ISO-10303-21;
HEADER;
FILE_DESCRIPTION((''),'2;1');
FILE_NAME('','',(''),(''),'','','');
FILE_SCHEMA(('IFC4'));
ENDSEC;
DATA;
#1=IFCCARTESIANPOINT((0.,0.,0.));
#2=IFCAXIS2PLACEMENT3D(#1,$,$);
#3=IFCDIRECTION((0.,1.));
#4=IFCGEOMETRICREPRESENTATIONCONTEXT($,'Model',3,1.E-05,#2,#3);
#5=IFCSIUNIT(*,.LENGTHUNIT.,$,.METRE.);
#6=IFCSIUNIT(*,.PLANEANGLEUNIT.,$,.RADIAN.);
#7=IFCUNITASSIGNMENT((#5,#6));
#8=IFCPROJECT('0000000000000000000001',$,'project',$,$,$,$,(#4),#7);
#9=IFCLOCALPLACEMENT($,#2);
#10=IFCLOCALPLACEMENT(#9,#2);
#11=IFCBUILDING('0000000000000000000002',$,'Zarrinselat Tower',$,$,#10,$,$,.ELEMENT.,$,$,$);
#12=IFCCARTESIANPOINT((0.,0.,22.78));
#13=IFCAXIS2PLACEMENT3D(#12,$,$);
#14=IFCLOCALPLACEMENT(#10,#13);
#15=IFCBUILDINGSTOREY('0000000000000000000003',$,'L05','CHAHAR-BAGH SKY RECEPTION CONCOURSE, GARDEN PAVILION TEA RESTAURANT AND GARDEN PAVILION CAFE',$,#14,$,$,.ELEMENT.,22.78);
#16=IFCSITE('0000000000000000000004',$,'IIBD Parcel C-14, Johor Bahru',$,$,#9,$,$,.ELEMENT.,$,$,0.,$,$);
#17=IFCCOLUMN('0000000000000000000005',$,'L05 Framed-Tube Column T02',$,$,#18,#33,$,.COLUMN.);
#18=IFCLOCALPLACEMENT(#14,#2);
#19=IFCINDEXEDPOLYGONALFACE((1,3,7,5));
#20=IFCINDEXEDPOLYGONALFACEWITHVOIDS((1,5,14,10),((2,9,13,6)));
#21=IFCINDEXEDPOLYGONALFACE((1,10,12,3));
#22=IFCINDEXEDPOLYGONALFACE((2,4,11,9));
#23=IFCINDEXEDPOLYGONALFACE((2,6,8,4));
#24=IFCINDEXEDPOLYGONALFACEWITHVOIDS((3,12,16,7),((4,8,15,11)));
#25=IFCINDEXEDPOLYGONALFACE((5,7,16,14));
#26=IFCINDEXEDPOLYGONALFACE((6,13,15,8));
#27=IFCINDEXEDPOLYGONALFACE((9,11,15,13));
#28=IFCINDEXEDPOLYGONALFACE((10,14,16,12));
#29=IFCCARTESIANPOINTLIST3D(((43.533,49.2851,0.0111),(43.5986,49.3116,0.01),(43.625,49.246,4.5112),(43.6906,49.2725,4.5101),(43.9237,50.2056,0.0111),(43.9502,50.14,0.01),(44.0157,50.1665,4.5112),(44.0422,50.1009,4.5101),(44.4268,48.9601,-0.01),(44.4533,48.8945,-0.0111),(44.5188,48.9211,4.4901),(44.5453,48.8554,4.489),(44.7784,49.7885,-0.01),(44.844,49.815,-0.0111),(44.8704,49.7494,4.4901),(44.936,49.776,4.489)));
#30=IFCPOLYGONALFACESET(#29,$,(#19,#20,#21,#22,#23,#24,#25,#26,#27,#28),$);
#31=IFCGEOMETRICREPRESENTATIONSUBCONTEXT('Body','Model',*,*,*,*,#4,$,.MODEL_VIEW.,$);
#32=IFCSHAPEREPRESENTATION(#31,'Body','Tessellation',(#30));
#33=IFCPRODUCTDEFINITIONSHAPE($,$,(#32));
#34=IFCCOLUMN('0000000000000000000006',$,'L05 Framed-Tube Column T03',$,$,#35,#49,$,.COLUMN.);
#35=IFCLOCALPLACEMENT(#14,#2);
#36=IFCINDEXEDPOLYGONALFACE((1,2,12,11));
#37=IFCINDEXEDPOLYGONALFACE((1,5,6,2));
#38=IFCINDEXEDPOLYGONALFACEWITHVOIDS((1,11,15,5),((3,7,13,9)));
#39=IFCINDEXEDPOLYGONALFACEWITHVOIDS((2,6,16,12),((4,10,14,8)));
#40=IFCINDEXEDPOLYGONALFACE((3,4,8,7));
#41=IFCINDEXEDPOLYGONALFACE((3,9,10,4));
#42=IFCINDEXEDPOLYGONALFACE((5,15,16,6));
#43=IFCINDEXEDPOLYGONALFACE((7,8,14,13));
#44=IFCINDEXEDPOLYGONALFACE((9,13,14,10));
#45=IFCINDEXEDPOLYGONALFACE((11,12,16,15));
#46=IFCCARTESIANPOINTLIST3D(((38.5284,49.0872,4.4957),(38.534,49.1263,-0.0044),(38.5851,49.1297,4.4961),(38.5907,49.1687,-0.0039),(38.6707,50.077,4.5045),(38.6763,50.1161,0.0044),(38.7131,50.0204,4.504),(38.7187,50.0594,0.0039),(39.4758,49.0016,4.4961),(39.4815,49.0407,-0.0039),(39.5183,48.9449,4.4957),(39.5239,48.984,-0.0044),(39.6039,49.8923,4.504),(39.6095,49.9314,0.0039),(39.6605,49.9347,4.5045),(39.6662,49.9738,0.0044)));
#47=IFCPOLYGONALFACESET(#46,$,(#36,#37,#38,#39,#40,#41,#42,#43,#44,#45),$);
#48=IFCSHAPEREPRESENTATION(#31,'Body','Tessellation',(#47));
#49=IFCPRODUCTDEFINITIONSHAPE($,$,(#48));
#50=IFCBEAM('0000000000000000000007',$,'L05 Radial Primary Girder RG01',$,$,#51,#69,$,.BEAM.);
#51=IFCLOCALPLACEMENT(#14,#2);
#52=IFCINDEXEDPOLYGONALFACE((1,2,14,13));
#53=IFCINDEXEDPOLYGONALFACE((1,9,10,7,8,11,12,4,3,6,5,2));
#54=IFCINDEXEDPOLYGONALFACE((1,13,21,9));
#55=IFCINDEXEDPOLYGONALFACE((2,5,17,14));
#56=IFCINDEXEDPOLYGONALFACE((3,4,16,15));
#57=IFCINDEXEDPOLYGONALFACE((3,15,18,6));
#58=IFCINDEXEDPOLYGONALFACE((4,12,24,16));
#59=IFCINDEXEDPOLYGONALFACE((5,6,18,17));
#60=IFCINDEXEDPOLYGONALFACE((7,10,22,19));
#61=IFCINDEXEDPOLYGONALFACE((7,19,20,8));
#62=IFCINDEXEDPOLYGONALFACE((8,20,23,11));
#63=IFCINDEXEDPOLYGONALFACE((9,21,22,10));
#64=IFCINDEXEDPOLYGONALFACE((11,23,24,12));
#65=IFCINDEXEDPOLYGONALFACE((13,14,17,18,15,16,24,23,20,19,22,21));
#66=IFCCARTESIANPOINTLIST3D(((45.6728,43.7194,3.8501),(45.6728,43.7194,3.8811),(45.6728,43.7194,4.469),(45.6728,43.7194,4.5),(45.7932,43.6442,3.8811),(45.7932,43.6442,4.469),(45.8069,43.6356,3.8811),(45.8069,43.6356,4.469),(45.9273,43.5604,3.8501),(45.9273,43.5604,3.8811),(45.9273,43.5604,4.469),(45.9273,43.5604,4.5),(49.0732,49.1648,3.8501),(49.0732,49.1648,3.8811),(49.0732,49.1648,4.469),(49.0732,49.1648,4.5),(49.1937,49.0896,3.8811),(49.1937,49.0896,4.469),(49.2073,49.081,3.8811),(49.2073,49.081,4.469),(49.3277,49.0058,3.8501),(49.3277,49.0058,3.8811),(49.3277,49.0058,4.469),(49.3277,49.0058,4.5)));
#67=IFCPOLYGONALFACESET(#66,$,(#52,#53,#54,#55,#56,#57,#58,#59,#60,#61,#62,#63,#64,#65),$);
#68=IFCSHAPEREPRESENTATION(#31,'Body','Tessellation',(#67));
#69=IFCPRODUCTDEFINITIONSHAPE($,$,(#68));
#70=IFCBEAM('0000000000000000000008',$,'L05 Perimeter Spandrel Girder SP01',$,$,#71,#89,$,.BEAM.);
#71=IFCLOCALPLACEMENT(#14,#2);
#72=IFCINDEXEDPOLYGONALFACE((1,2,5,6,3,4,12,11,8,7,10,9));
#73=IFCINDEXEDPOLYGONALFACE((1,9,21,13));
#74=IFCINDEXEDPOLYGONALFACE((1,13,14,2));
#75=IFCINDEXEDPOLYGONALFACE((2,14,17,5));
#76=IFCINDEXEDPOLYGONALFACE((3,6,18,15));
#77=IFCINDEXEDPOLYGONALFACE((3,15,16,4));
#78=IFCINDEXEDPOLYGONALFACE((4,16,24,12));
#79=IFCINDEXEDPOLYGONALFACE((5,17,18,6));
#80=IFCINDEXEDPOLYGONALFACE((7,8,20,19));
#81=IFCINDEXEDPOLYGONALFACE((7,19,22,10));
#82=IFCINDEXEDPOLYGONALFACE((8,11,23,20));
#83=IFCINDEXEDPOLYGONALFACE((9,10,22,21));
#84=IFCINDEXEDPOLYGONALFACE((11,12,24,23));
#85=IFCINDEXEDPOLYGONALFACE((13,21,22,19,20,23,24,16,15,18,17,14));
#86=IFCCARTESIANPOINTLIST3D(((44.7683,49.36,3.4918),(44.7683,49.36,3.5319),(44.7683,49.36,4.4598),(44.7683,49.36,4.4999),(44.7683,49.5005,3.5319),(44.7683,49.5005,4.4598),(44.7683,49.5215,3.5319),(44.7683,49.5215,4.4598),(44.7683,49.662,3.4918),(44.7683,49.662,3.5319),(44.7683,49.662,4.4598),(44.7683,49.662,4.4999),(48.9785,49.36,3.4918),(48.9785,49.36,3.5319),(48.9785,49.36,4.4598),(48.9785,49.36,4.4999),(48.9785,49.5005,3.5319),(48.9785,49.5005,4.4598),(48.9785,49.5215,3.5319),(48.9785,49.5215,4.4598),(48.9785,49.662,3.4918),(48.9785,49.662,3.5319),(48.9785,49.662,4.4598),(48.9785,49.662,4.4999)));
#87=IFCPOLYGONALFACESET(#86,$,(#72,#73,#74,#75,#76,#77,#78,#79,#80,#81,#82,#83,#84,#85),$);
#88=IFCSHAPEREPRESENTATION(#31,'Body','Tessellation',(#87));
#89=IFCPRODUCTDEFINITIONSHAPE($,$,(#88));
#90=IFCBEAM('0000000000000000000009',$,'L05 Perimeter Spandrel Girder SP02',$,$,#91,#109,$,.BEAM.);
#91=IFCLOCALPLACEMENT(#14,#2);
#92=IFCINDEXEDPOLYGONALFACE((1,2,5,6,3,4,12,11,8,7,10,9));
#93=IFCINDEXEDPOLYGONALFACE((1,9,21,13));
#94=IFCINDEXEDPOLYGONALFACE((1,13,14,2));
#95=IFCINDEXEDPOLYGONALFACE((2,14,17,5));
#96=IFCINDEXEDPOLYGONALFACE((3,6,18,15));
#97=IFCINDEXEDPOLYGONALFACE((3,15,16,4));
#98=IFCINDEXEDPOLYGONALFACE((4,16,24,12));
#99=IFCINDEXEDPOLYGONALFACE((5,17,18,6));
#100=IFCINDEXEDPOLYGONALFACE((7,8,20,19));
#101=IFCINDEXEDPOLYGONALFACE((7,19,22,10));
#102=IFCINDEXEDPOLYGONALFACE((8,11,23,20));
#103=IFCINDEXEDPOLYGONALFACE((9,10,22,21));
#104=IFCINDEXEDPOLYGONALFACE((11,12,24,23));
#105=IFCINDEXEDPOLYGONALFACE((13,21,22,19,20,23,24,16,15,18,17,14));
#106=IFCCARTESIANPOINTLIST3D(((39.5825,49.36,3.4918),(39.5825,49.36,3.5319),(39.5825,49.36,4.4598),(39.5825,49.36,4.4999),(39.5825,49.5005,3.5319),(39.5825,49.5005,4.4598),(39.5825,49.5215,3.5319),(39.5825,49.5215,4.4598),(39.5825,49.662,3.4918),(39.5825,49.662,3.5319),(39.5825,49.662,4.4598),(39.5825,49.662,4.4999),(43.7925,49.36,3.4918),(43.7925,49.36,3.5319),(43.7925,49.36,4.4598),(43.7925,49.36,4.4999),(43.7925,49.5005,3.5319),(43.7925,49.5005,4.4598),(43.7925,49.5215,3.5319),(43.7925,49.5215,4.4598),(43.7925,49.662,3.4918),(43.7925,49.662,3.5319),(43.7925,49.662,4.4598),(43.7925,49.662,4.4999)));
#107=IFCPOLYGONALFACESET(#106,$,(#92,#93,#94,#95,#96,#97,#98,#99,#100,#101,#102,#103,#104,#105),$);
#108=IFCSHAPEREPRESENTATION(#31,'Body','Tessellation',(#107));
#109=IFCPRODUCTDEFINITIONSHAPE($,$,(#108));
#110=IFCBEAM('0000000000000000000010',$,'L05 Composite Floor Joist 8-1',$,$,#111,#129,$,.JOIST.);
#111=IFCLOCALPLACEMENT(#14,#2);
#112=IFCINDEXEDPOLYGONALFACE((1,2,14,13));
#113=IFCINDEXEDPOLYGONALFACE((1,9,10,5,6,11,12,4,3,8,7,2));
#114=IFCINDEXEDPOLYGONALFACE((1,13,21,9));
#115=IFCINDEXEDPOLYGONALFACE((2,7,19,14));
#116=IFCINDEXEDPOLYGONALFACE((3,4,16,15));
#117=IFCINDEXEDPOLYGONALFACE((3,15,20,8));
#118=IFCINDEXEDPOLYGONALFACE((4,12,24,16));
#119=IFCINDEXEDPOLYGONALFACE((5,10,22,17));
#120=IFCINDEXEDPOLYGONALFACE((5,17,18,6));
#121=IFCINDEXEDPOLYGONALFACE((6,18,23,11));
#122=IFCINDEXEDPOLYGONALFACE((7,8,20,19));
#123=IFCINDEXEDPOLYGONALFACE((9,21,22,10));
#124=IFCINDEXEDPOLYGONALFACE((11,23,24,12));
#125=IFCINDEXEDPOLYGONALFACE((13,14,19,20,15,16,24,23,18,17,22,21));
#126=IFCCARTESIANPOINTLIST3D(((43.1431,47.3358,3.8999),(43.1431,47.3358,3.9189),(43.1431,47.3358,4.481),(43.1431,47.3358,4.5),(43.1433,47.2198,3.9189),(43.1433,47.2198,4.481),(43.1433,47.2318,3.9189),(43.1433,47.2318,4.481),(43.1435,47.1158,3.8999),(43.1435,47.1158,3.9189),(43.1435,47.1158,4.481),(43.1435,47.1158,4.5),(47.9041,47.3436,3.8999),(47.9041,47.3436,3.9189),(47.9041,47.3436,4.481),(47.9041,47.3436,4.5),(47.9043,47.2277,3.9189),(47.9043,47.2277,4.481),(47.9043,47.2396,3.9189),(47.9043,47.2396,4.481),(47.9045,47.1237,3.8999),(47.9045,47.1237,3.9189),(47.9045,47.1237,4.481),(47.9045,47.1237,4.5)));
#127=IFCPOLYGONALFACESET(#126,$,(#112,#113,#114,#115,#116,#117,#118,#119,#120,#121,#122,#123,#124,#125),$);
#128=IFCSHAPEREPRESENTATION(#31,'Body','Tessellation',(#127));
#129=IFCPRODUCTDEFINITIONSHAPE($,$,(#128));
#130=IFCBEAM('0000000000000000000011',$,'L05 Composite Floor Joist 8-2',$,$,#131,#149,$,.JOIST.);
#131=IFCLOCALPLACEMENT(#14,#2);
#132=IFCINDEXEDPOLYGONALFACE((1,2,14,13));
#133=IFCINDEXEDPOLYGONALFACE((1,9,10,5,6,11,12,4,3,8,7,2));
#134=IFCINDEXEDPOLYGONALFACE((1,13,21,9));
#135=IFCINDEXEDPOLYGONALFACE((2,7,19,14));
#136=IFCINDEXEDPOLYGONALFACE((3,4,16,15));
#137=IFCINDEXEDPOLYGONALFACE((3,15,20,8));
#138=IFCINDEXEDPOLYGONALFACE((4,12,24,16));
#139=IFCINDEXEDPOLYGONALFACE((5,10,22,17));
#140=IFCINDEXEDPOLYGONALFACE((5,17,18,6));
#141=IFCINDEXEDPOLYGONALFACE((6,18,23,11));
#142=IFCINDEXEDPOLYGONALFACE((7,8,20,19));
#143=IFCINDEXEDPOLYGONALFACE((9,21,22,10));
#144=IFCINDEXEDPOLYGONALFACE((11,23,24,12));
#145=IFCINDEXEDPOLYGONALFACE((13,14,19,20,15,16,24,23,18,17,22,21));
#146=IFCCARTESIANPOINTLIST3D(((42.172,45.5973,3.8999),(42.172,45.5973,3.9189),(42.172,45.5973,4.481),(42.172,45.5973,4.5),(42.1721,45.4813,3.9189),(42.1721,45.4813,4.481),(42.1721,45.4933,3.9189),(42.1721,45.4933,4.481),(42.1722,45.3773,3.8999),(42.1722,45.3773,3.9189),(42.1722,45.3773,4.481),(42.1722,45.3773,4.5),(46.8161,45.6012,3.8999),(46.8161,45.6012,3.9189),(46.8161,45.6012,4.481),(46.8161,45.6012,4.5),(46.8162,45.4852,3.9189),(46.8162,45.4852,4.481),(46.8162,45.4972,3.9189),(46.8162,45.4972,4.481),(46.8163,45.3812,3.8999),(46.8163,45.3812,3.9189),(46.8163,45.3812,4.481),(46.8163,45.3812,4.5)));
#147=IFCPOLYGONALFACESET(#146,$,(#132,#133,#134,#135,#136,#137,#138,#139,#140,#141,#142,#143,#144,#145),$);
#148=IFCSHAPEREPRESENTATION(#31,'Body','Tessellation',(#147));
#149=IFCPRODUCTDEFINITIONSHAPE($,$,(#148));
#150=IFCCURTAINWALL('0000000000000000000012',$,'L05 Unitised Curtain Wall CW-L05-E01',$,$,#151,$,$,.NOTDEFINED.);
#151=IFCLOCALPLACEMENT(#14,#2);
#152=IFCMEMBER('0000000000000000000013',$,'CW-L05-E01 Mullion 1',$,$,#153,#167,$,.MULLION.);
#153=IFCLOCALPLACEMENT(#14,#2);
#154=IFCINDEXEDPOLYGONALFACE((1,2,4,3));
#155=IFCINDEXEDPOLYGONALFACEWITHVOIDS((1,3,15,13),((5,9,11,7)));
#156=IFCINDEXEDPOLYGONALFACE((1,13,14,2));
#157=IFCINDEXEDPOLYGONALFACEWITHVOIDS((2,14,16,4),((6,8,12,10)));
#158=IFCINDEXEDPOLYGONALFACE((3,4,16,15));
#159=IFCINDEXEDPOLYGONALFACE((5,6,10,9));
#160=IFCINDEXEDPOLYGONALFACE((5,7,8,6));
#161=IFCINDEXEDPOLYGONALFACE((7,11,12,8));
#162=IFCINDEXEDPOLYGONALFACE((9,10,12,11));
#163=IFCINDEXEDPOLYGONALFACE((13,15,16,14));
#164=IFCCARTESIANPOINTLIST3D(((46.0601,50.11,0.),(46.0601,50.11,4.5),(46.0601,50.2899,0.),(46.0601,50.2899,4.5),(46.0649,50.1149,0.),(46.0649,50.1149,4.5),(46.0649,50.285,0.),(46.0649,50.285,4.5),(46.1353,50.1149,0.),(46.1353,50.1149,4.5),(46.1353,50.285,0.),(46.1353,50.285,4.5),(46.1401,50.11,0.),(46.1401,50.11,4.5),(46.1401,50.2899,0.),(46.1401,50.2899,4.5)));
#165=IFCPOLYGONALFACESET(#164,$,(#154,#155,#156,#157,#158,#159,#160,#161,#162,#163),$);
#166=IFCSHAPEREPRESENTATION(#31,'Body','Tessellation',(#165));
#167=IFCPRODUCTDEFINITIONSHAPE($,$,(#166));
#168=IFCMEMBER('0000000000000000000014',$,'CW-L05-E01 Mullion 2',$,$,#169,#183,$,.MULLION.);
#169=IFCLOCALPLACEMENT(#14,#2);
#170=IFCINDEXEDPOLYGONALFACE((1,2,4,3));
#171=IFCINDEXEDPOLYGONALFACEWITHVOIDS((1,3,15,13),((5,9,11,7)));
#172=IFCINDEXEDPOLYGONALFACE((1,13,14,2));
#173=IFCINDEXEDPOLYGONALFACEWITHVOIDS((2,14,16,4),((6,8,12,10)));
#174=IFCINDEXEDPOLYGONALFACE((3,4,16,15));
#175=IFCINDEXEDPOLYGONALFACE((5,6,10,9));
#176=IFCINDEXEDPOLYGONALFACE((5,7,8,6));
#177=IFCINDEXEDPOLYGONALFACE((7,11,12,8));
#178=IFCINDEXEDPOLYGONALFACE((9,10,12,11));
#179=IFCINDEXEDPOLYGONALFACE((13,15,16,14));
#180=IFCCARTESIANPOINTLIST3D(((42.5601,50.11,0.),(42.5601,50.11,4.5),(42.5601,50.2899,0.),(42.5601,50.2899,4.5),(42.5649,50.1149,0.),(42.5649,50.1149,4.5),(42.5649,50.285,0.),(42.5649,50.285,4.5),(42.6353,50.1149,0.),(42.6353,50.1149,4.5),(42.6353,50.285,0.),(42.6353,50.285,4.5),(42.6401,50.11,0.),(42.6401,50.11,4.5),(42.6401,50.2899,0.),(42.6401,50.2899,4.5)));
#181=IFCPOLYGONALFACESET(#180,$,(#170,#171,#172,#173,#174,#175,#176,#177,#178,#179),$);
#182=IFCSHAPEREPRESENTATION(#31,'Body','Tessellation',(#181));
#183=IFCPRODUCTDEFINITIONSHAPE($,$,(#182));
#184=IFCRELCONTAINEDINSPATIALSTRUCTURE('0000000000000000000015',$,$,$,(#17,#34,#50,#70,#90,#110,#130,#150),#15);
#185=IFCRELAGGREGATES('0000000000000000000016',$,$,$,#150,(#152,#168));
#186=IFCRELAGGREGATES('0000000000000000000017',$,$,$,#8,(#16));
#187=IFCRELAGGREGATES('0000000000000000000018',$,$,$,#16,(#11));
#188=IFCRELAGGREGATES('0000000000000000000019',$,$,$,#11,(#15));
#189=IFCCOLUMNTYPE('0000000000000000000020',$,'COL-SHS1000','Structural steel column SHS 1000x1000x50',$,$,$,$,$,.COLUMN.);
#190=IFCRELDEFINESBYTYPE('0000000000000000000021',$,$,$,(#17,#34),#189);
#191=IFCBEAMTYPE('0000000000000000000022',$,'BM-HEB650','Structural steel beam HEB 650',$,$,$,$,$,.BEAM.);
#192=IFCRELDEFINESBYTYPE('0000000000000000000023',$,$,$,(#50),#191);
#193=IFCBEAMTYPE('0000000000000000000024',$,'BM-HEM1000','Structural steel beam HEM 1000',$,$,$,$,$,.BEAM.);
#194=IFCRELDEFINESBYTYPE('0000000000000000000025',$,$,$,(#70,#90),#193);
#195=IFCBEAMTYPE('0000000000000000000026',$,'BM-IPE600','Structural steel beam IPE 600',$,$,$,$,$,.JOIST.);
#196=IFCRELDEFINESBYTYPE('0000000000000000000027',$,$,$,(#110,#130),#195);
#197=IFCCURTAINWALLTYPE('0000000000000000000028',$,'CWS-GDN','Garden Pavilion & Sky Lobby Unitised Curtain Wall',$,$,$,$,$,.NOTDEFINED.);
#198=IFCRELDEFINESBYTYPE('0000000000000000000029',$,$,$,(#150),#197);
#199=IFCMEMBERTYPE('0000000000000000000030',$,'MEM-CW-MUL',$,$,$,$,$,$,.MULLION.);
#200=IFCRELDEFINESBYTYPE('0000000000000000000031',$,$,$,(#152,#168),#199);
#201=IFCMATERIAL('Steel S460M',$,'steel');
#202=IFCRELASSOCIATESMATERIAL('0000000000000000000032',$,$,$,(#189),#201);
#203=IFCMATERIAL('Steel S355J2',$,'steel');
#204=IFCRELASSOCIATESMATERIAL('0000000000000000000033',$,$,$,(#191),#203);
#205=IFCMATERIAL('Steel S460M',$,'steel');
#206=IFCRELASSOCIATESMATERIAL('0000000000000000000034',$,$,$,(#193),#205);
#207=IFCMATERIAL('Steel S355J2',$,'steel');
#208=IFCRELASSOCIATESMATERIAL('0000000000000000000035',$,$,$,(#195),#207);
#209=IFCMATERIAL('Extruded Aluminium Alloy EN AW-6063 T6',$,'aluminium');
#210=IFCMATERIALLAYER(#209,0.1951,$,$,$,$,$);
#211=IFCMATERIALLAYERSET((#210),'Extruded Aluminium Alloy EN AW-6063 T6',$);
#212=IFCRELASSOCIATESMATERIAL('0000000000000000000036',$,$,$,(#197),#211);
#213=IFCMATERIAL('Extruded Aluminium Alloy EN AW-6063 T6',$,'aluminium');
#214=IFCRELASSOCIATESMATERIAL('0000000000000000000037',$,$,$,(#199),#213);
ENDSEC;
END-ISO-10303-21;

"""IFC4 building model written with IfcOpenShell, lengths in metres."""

from ifc_helpers import new_model, si_unit, direction, frame, origin, origin_2d, place, context, subcontext, project, spatial, hollow_rectangle, i_section, extrude, material, layer, layer_set, material_profile, profile_set, type_object, element, aggregate, save


model = new_model("IFC4")

# Units and contexts
model_context = context("Model", 3, precision=1e-05, world=origin(), true_north=direction((0.0, 1.0)))
body_context = subcontext(model_context, "Body", "Model", "MODEL_VIEW")
ifc_project = project(units=[si_unit("LENGTHUNIT", "METRE"), si_unit("PLANEANGLEUNIT", "RADIAN")], contexts=[model_context])

# Site, building, storey
site_placement = place(None, origin())
site = spatial("IfcSite", under=ifc_project, at=site_placement, Name="IIBD Parcel C-14, Johor Bahru", CompositionType="ELEMENT", RefElevation=0.0)
building_placement = place(site_placement, origin())
building = spatial("IfcBuilding", under=site, at=building_placement, Name="Zarrinselat Tower", CompositionType="ELEMENT")
storey_placement = place(building_placement, frame((0.0, 0.0, 22.78)))
storey = spatial("IfcBuildingStorey", under=building, at=storey_placement, Name="L05", Description="CHAHAR-BAGH SKY RECEPTION CONCOURSE, GARDEN PAVILION TEA RESTAURANT AND GARDEN PAVILION CAFE", CompositionType="ELEMENT", Elevation=22.78)

# Columns
ifc_material_1 = material(Name="Steel S460M", Category="steel")
ifc_material_profile_1 = material_profile(ifc_material_1, hollow_rectangle(XDim=1.0, YDim=1.0, WallThickness=0.05, at=origin_2d()), Name="SHS 1000x1000x50")
ifc_profile_set_1 = profile_set([ifc_material_profile_1], Name="Steel S460M")
column_type = type_object("IfcColumnType", Name="COL-SHS1000", Description="Structural steel column SHS 1000x1000x50", PredefinedType="COLUMN", material=ifc_profile_set_1)
column_1_placement = place(storey_placement, frame((44.1885, 49.55, 0.0), z_axis=(0.020449, -0.008678, 0.999753), x_axis=(0.390675, 0.920529, 0.0)))
element("IfcColumn", 1, at=column_1_placement, inside=storey, type_object=column_type, Name="L05 Framed-Tube Column T02", PredefinedType="COLUMN", context=body_context, shape_type="SweptSolid", body=[
    extrude(hollow_rectangle(XDim=1.0, YDim=1.0, WallThickness=0.05, at=origin_2d()), origin(), (0.0, 0.0, 1.0), 4.5012),
])
column_2_placement = place(storey_placement, frame((39.1001, 49.55, 0.0), z_axis=(-0.001248, -0.00868, 0.999962), x_axis=(0.989825, -0.142287, 0.0)))
element("IfcColumn", 2, at=column_2_placement, inside=storey, type_object=column_type, Name="L05 Framed-Tube Column T03", PredefinedType="COLUMN", context=body_context, shape_type="SweptSolid", body=[
    extrude(hollow_rectangle(XDim=1.0, YDim=1.0, WallThickness=0.05, at=origin_2d()), origin(), (0.0, 0.0, 1.0), 4.5002),
])

# Beams
ifc_material_2 = material(Name="Steel S355J2", Category="steel")
ifc_material_profile_2 = material_profile(ifc_material_2, i_section(OverallWidth=0.3, OverallDepth=0.6499, WebThickness=0.0161, FlangeThickness=0.031, at=origin_2d()), Name="HEB 650")
ifc_profile_set_2 = profile_set([ifc_material_profile_2], Name="Steel S355J2")
beam_type_1 = type_object("IfcBeamType", Name="BM-HEB650", Description="Structural steel beam HEB 650", PredefinedType="BEAM", material=ifc_profile_set_2)
beam_1_placement = place(storey_placement, frame((45.8, 43.6399, 4.175), z_axis=(0.529671, 0.848203, 0.0), x_axis=(-0.848203, 0.529671, 0.0)))
element("IfcBeam", 3, at=beam_1_placement, inside=storey, type_object=beam_type_1, Name="L05 Radial Primary Girder RG01", PredefinedType="BEAM", context=body_context, shape_type="SweptSolid", body=[
    extrude(i_section(OverallWidth=0.3, OverallDepth=0.6499, WebThickness=0.0161, FlangeThickness=0.031, at=origin_2d()), origin(), (0.0, 0.0, 1.0), 6.4199),
])
ifc_material_3 = material(Name="Steel S460M", Category="steel")
ifc_material_profile_3 = material_profile(ifc_material_3, i_section(OverallWidth=0.302, OverallDepth=1.0081, WebThickness=0.021, FlangeThickness=0.04, at=origin_2d()), Name="HEM 1000")
ifc_profile_set_3 = profile_set([ifc_material_profile_3], Name="Steel S460M")
beam_type_2 = type_object("IfcBeamType", Name="BM-HEM1000", Description="Structural steel beam HEM 1000", PredefinedType="BEAM", material=ifc_profile_set_3)
beam_2_placement = place(storey_placement, frame((44.7683, 49.511, 3.9958), z_axis=(1.0, 0.0, 0.0), x_axis=(0.0, 1.0, 0.0)))
element("IfcBeam", 4, at=beam_2_placement, inside=storey, type_object=beam_type_2, Name="L05 Perimeter Spandrel Girder SP01", PredefinedType="BEAM", context=body_context, shape_type="SweptSolid", body=[
    extrude(i_section(OverallWidth=0.302, OverallDepth=1.0081, WebThickness=0.021, FlangeThickness=0.04, at=origin_2d()), origin(), (0.0, 0.0, 1.0), 4.2102),
])
beam_3_placement = place(storey_placement, frame((39.5825, 49.511, 3.9958), z_axis=(1.0, 0.0, 0.0), x_axis=(0.0, 1.0, 0.0)))
element("IfcBeam", 5, at=beam_3_placement, inside=storey, type_object=beam_type_2, Name="L05 Perimeter Spandrel Girder SP02", PredefinedType="BEAM", context=body_context, shape_type="SweptSolid", body=[
    extrude(i_section(OverallWidth=0.302, OverallDepth=1.0081, WebThickness=0.021, FlangeThickness=0.04, at=origin_2d()), origin(), (0.0, 0.0, 1.0), 4.21),
])
ifc_material_4 = material(Name="Steel S355J2", Category="steel")
ifc_material_profile_4 = material_profile(ifc_material_4, i_section(OverallWidth=0.22, OverallDepth=0.6001, WebThickness=0.012, FlangeThickness=0.019, at=origin_2d()), Name="IPE 600")
ifc_profile_set_4 = profile_set([ifc_material_profile_4], Name="Steel S355J2")
beam_type_3 = type_object("IfcBeamType", Name="BM-IPE600", Description="Structural steel beam IPE 600", PredefinedType="JOIST", material=ifc_profile_set_4)
beam_4_placement = place(storey_placement, frame((43.1433, 47.2258, 4.2), z_axis=(0.999999, 0.001641, 0.0), x_axis=(-0.001641, 0.999999, 0.0)))
element("IfcBeam", 6, at=beam_4_placement, inside=storey, type_object=beam_type_3, Name="L05 Composite Floor Joist 8-1", PredefinedType="JOIST", context=body_context, shape_type="SweptSolid", body=[
    extrude(i_section(OverallWidth=0.22, OverallDepth=0.6001, WebThickness=0.012, FlangeThickness=0.019, at=origin_2d()), origin(), (0.0, 0.0, 1.0), 4.761),
])
beam_5_placement = place(storey_placement, frame((42.1721, 45.4873, 4.2), z_axis=(1.0, 0.000841, 0.0), x_axis=(-0.000841, 1.0, 0.0)))
element("IfcBeam", 7, at=beam_5_placement, inside=storey, type_object=beam_type_3, Name="L05 Composite Floor Joist 8-2", PredefinedType="JOIST", context=body_context, shape_type="SweptSolid", body=[
    extrude(i_section(OverallWidth=0.22, OverallDepth=0.6001, WebThickness=0.012, FlangeThickness=0.019, at=origin_2d()), origin(), (0.0, 0.0, 1.0), 4.644),
])

# Curtain wall, members
ifc_material_5 = material(Name="Extruded Aluminium Alloy EN AW-6063 T6", Category="aluminium")
ifc_layer_1 = layer(ifc_material_5, 0.1951)
ifc_layer_set_1 = layer_set([ifc_layer_1], Name="Extruded Aluminium Alloy EN AW-6063 T6")
curtain_wall_type = type_object("IfcCurtainWallType", Name="CWS-GDN", Description="Garden Pavilion & Sky Lobby Unitised Curtain Wall", PredefinedType="NOTDEFINED", material=ifc_layer_set_1)
curtain_wall_placement = place(storey_placement, origin())
curtain_wall = element("IfcCurtainWall", 8, at=curtain_wall_placement, inside=storey, type_object=curtain_wall_type, Name="L05 Unitised Curtain Wall CW-L05-E01", PredefinedType="NOTDEFINED")
ifc_material_6 = material(Name="Extruded Aluminium Alloy EN AW-6063 T6", Category="aluminium")
ifc_material_profile_5 = material_profile(ifc_material_6, hollow_rectangle(XDim=0.0801, YDim=0.1799, WallThickness=0.0049, at=origin_2d()), Name="RHS 180x80x5")
ifc_profile_set_5 = profile_set([ifc_material_profile_5], Name="Extruded Aluminium Alloy EN AW-6063 T6")
member_type_1 = type_object("IfcMemberType", Name="MEM-CW-MUL", PredefinedType="MULLION", material=ifc_profile_set_5)
member_1_placement = place(storey_placement, frame((46.1001, 50.2, 0.0), z_axis=(0.0, 0.0, 1.0), x_axis=(-1.0, 0.0, 0.0)))
member_1 = element("IfcMember", 9, at=member_1_placement, type_object=member_type_1, Name="CW-L05-E01 Mullion 1", PredefinedType="MULLION", context=body_context, shape_type="SweptSolid", body=[
    extrude(hollow_rectangle(XDim=0.0801, YDim=0.1799, WallThickness=0.0049, at=origin_2d()), origin(), (0.0, 0.0, 1.0), 4.5),
])
member_2_placement = place(storey_placement, frame((42.6001, 50.2, 0.0), z_axis=(0.0, 0.0, 1.0), x_axis=(-1.0, 0.0, 0.0)))
member_2 = element("IfcMember", 10, at=member_2_placement, type_object=member_type_1, Name="CW-L05-E01 Mullion 2", PredefinedType="MULLION", context=body_context, shape_type="SweptSolid", body=[
    extrude(hollow_rectangle(XDim=0.0801, YDim=0.1799, WallThickness=0.0049, at=origin_2d()), origin(), (0.0, 0.0, 1.0), 4.5),
])
aggregate(curtain_wall, [member_1, member_2])

save(model, "model.ifc")
